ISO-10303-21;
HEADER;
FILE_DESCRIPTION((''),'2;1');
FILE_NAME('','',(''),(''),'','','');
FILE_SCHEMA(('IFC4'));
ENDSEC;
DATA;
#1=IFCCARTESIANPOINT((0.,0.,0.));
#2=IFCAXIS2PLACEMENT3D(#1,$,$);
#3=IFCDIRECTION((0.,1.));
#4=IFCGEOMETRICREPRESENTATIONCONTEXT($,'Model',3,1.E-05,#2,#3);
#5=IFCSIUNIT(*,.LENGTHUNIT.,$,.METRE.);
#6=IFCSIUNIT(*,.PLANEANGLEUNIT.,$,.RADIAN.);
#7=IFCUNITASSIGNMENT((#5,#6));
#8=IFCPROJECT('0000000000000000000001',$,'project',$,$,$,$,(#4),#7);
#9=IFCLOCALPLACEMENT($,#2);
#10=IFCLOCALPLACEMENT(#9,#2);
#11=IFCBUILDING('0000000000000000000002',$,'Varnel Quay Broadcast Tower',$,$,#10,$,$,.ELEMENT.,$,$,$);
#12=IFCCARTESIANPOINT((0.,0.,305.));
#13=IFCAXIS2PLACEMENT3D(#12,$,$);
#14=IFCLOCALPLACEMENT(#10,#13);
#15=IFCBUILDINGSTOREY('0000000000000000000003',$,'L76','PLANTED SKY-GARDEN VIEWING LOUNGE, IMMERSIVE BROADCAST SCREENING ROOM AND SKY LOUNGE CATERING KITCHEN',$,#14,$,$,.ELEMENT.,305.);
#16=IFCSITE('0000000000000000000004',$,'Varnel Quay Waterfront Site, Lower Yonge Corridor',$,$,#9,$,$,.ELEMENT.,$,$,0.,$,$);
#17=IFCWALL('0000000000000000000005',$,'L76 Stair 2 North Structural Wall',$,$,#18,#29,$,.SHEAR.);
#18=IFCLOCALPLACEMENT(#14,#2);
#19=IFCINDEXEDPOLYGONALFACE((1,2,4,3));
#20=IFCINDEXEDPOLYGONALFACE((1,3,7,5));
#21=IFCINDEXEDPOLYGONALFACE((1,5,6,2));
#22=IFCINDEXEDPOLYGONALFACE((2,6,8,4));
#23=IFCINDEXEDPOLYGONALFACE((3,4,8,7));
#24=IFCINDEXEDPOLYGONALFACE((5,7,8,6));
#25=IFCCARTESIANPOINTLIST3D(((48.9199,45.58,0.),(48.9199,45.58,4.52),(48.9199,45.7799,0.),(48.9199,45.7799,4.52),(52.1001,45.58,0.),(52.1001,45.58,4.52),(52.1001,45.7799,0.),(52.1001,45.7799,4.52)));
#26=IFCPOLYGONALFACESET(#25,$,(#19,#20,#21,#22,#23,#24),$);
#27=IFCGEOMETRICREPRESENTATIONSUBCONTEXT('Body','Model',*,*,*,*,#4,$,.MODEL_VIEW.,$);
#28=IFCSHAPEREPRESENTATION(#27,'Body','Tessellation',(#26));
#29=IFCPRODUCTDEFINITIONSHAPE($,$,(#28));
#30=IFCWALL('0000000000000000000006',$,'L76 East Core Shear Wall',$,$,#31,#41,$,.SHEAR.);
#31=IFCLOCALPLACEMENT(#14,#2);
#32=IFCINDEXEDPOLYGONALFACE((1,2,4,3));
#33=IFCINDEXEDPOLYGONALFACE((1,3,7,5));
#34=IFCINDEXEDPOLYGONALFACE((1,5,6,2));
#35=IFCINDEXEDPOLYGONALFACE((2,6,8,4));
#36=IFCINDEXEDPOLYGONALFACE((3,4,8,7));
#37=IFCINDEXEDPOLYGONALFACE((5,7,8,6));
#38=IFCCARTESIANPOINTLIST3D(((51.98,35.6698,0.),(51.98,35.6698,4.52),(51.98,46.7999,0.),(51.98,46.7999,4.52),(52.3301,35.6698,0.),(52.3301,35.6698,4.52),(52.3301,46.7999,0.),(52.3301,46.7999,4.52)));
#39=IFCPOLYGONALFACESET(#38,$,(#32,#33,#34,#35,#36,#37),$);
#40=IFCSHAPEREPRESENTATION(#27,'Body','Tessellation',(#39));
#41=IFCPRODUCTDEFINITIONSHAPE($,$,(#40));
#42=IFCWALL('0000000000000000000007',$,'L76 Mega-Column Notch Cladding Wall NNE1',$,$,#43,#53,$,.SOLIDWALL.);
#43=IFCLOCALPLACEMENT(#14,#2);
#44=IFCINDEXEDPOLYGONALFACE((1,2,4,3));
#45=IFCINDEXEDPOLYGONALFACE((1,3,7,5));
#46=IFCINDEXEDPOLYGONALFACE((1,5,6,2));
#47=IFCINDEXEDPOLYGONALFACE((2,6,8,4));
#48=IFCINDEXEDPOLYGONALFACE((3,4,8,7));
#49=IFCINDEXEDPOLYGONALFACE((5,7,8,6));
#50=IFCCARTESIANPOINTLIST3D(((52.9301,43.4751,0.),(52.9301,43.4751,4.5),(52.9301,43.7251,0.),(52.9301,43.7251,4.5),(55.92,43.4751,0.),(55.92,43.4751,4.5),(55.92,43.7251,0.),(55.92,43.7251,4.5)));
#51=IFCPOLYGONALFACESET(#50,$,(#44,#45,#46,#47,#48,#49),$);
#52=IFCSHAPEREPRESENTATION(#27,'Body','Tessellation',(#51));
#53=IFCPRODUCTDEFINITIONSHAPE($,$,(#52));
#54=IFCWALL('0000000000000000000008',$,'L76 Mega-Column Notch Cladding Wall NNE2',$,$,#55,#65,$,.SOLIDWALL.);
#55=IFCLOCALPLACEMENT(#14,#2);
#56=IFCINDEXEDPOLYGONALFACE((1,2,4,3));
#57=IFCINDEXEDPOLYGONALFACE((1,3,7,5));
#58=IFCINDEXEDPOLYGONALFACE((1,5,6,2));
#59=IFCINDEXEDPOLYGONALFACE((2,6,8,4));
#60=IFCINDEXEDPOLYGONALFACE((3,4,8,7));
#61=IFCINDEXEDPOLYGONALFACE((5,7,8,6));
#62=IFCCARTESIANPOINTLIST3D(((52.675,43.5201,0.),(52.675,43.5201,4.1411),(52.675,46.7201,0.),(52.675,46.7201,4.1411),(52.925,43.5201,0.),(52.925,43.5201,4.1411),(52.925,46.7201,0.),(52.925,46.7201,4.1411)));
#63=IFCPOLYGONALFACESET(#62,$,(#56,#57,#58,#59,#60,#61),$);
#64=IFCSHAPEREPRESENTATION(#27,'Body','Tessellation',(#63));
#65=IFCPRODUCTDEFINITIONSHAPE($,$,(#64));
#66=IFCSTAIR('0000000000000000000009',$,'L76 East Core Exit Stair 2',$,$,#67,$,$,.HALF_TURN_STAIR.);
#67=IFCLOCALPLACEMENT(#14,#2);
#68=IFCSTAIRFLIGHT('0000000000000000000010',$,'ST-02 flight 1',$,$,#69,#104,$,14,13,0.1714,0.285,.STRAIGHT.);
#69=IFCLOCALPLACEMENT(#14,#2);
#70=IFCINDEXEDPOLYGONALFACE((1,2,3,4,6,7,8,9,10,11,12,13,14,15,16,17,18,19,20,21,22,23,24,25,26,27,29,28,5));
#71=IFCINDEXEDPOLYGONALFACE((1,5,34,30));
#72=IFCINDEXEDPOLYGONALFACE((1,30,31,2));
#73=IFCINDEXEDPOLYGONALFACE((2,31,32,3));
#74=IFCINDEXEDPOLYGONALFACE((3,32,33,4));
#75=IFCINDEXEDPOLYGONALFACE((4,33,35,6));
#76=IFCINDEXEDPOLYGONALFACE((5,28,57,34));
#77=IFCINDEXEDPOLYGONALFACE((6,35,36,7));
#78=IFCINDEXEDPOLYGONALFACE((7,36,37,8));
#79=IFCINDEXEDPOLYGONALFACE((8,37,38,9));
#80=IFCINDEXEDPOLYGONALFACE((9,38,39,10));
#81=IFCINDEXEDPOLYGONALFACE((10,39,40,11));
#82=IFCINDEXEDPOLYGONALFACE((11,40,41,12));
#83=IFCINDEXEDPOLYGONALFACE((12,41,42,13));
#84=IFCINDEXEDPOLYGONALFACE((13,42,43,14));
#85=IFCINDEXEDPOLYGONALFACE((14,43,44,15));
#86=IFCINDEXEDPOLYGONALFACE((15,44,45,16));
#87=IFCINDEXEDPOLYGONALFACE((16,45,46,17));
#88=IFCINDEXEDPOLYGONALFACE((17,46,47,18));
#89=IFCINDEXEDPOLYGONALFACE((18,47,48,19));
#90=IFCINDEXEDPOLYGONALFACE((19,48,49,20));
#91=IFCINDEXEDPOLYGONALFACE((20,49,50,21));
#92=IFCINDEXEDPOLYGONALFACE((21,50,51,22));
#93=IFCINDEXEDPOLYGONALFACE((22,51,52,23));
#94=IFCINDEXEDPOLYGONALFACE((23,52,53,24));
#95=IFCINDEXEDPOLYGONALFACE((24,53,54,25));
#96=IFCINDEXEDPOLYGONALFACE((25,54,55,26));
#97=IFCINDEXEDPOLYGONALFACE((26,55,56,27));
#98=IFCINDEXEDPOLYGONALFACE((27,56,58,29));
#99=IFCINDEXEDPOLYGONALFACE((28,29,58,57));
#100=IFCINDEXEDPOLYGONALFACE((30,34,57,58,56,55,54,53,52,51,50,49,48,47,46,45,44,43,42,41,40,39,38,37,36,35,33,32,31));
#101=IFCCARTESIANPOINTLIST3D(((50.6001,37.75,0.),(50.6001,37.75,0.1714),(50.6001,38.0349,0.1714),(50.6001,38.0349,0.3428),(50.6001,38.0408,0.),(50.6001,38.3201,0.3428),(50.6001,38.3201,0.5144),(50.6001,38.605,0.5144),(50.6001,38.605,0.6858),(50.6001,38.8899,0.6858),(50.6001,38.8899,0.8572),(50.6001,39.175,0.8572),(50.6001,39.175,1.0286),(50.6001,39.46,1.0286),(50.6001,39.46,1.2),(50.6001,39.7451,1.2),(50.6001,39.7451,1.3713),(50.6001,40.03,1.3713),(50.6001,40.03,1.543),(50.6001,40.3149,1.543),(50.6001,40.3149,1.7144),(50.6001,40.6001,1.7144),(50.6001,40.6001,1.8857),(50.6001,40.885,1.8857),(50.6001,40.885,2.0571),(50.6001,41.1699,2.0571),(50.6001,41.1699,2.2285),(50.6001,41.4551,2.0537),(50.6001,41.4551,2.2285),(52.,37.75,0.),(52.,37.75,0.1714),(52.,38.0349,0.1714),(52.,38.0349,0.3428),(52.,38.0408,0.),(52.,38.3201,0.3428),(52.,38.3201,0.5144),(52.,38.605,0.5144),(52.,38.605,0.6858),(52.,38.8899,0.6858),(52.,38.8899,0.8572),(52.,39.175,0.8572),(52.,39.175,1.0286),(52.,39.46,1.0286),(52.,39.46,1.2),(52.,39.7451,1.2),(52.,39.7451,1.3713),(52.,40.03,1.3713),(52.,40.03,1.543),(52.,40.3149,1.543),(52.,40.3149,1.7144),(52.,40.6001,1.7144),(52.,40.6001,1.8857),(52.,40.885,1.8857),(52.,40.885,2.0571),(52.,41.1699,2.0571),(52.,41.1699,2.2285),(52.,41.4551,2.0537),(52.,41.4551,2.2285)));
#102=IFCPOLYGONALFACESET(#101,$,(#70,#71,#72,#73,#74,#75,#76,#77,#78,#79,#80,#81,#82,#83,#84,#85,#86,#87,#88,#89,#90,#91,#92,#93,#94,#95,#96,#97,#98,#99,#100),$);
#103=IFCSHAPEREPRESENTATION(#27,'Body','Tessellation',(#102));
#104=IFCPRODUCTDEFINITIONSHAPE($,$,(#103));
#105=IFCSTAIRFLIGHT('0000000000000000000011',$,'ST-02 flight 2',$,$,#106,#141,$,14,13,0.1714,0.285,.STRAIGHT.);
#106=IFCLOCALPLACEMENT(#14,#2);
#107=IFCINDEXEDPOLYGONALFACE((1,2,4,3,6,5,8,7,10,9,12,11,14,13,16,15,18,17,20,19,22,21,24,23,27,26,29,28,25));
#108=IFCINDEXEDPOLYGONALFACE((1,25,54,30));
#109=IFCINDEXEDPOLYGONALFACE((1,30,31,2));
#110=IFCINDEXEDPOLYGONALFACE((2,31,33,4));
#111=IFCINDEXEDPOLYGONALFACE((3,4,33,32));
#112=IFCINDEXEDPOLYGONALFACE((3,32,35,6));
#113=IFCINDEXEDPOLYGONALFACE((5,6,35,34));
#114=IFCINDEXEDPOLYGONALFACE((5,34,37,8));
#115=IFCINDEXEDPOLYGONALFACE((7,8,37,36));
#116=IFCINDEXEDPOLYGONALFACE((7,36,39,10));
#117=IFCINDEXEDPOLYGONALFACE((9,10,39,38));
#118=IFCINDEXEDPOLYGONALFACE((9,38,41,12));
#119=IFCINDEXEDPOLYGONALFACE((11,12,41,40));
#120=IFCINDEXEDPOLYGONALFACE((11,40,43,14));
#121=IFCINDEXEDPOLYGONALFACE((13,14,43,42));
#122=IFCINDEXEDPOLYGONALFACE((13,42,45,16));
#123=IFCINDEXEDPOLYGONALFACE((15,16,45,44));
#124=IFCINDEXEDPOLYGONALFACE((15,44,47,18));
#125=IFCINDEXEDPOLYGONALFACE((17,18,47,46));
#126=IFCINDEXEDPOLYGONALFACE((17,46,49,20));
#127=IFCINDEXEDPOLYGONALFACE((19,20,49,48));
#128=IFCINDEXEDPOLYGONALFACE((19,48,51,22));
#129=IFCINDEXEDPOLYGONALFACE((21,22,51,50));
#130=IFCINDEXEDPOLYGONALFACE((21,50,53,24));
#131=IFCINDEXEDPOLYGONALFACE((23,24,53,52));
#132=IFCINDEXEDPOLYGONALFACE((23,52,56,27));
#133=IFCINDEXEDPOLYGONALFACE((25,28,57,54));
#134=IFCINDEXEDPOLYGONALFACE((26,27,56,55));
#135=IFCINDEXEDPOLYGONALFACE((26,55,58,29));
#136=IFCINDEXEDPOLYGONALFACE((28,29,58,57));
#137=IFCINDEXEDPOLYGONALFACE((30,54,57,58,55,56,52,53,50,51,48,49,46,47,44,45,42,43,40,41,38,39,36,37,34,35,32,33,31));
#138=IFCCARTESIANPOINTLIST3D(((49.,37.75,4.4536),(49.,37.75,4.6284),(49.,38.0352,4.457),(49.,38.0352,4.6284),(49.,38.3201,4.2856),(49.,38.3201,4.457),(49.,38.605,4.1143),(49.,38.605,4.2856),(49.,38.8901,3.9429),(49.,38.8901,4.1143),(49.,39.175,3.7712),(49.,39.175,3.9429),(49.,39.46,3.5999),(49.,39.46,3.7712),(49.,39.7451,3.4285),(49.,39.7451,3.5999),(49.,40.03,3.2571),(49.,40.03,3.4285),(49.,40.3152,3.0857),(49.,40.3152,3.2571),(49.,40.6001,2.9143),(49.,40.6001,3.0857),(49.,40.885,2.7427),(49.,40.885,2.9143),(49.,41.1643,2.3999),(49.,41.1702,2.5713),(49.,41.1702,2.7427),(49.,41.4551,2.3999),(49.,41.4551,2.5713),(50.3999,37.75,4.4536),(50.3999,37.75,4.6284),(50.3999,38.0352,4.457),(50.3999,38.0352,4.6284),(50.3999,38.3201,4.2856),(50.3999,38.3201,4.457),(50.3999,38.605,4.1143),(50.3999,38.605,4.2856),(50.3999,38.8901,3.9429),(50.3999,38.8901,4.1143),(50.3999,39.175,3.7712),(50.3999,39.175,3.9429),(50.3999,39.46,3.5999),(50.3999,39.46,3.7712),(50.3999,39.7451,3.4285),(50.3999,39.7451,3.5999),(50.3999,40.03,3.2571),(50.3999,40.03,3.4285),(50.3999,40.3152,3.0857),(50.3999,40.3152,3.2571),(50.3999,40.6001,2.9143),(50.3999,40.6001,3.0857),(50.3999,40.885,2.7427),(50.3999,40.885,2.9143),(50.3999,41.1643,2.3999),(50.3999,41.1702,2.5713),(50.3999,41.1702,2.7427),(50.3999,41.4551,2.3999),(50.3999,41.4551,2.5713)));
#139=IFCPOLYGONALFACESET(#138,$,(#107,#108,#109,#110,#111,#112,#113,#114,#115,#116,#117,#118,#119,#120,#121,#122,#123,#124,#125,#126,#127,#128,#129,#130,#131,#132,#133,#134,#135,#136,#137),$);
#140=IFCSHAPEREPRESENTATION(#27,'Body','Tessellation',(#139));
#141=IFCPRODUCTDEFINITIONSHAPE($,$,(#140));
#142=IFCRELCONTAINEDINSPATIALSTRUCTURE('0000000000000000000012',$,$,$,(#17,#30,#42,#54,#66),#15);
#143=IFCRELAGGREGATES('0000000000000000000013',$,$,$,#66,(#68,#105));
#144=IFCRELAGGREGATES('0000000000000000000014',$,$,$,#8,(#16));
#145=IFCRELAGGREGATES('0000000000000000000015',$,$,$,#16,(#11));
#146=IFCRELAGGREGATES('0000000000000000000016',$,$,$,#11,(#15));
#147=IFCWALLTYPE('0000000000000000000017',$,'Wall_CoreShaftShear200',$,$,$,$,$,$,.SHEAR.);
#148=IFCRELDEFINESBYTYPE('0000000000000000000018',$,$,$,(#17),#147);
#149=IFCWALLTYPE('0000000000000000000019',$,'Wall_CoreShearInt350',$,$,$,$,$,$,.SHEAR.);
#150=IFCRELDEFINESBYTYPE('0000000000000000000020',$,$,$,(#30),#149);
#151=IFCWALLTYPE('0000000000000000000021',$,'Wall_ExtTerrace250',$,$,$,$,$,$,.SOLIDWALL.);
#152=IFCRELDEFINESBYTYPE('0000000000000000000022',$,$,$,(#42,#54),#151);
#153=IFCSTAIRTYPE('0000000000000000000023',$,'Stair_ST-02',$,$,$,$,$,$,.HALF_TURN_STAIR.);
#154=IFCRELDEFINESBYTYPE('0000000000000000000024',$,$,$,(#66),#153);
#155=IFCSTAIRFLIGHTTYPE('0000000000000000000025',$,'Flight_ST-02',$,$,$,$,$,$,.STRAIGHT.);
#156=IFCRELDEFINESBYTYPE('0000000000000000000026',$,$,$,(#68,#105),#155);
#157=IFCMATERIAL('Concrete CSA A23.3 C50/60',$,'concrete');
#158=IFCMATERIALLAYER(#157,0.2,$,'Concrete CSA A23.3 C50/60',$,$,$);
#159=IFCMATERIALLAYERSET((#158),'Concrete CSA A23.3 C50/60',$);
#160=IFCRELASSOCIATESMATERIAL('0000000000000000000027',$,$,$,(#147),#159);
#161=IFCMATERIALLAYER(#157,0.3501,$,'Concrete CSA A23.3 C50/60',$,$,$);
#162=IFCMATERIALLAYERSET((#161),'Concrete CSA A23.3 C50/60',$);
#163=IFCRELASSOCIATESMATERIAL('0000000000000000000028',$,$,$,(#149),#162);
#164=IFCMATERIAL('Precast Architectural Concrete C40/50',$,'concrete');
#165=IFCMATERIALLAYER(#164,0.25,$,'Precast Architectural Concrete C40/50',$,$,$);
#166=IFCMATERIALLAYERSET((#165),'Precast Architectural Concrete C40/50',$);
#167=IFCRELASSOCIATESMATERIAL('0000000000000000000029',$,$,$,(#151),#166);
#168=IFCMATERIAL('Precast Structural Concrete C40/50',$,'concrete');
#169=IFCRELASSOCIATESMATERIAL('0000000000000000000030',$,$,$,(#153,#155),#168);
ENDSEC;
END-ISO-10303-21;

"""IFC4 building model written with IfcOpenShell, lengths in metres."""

from ifc_helpers import new_model, si_unit, direction, frame, frame_2d, origin, place, context, subcontext, project, spatial, polyline, rectangle, outline, extrude, material, layer, layer_set, type_object, element, aggregate, save


model = new_model("IFC4")

# Units and contexts
model_context = context("Model", 3, precision=1e-05, world=origin(), true_north=direction((0.0, 1.0)))
body_context = subcontext(model_context, "Body", "Model", "MODEL_VIEW")
ifc_project = project(units=[si_unit("LENGTHUNIT", "METRE"), si_unit("PLANEANGLEUNIT", "RADIAN")], contexts=[model_context])

# Site, building, storey
site_placement = place(None, origin())
site = spatial("IfcSite", under=ifc_project, at=site_placement, Name="Varnel Quay Waterfront Site, Lower Yonge Corridor", CompositionType="ELEMENT", RefElevation=0.0)
building_placement = place(site_placement, origin())
building = spatial("IfcBuilding", under=site, at=building_placement, Name="Varnel Quay Broadcast Tower", CompositionType="ELEMENT")
storey_placement = place(building_placement, frame((0.0, 0.0, 305.0)))
storey = spatial("IfcBuildingStorey", under=building, at=storey_placement, Name="L76", Description="PLANTED SKY-GARDEN VIEWING LOUNGE, IMMERSIVE BROADCAST SCREENING ROOM AND SKY LOUNGE CATERING KITCHEN", CompositionType="ELEMENT", Elevation=305.0)

# Walls
ifc_material_1 = material(Name="Concrete CSA A23.3 C50/60", Category="concrete")
ifc_layer_1 = layer(ifc_material_1, 0.2, Name="Concrete CSA A23.3 C50/60")
ifc_layer_set_1 = layer_set([ifc_layer_1], Name="Concrete CSA A23.3 C50/60")
wall_type_1 = type_object("IfcWallType", Name="Wall_CoreShaftShear200", PredefinedType="SHEAR", material=ifc_layer_set_1)
wall_1_placement = place(storey_placement, frame((48.9199, 45.6799, 0.0), z_axis=(0.0, 0.0, 1.0), x_axis=(1.0, 0.0, 0.0)))
element("IfcWall", 1, at=wall_1_placement, inside=storey, type_object=wall_type_1, Name="L76 Stair 2 North Structural Wall", PredefinedType="SHEAR", context=body_context, shape_type="SweptSolid", body=[
    extrude(rectangle(XDim=3.1802, YDim=0.2, at=frame_2d((1.5901, 0.0))), origin(), (0.0, 0.0, 1.0), 4.52),
])
ifc_layer_2 = layer(ifc_material_1, 0.3501, Name="Concrete CSA A23.3 C50/60")
ifc_layer_set_2 = layer_set([ifc_layer_2], Name="Concrete CSA A23.3 C50/60")
wall_type_2 = type_object("IfcWallType", Name="Wall_CoreShearInt350", PredefinedType="SHEAR", material=ifc_layer_set_2)
wall_2_placement = place(storey_placement, frame((52.155, 35.6699, 0.0), z_axis=(0.0, 0.0, 1.0), x_axis=(0.0, 1.0, 0.0)))
element("IfcWall", 2, at=wall_2_placement, inside=storey, type_object=wall_type_2, Name="L76 East Core Shear Wall", PredefinedType="SHEAR", context=body_context, shape_type="SweptSolid", body=[
    extrude(rectangle(XDim=11.1301, YDim=0.3501, at=frame_2d((5.5649, 0.0))), origin(), (0.0, 0.0, 1.0), 4.52),
])
ifc_material_2 = material(Name="Precast Architectural Concrete C40/50", Category="concrete")
ifc_layer_3 = layer(ifc_material_2, 0.25, Name="Precast Architectural Concrete C40/50")
ifc_layer_set_3 = layer_set([ifc_layer_3], Name="Precast Architectural Concrete C40/50")
wall_type_3 = type_object("IfcWallType", Name="Wall_ExtTerrace250", PredefinedType="SOLIDWALL", material=ifc_layer_set_3)
wall_3_placement = place(storey_placement, frame((52.9299, 43.6001, 0.0), z_axis=(0.0, 0.0, 1.0), x_axis=(1.0, 0.0, 0.0)))
element("IfcWall", 3, at=wall_3_placement, inside=storey, type_object=wall_type_3, Name="L76 Mega-Column Notch Cladding Wall NNE1", PredefinedType="SOLIDWALL", context=body_context, shape_type="SweptSolid", body=[
    extrude(rectangle(XDim=2.99, YDim=0.25, at=frame_2d((1.4951, 0.0))), origin(), (0.0, 0.0, 1.0), 4.5),
])
wall_4_placement = place(storey_placement, frame((52.8, 43.52, 0.0), z_axis=(0.0, 0.0, 1.0), x_axis=(0.0, 1.0, 0.0)))
element("IfcWall", 4, at=wall_4_placement, inside=storey, type_object=wall_type_3, Name="L76 Mega-Column Notch Cladding Wall NNE2", PredefinedType="SOLIDWALL", context=body_context, shape_type="SweptSolid", body=[
    extrude(rectangle(XDim=3.2, YDim=0.25, at=frame_2d((1.6001, 0.0))), origin(), (0.0, 0.0, 1.0), 4.1411),
])

# Stair, stair flights
ifc_material_3 = material(Name="Precast Structural Concrete C40/50", Category="concrete")
stair_type = type_object("IfcStairType", Name="Stair_ST-02", PredefinedType="HALF_TURN_STAIR", material=ifc_material_3)
stair_placement = place(storey_placement, origin())
stair = element("IfcStair", 5, at=stair_placement, inside=storey, type_object=stair_type, Name="L76 East Core Exit Stair 2", PredefinedType="HALF_TURN_STAIR")
stair_flight_type = type_object("IfcStairFlightType", Name="Flight_ST-02", PredefinedType="STRAIGHT", material=ifc_material_3)
stair_flight_1_placement = place(storey_placement, frame((51.3, 37.75, 0.0), z_axis=(0.0, 0.0, 1.0), x_axis=(0.0, 1.0, 0.0)))
stair_flight_1 = element("IfcStairFlight", 6, at=stair_flight_1_placement, type_object=stair_flight_type, Name="ST-02 flight 1", NumberOfRisers=14, NumberOfTreads=13, PredefinedType="STRAIGHT", RiserHeight=0.1714, TreadLength=0.285, context=body_context, shape_type="SweptSolid", body=[
    extrude(outline(polyline([(0.0, 0.0), (0.0, 0.1714), (0.2849, 0.1714), (0.2849, 0.3428), (0.5701, 0.3428), (0.5701, 0.5144), (0.855, 0.5144), (0.855, 0.6858), (1.1399, 0.6858), (1.1399, 0.8572), (1.425, 0.8572), (1.425, 1.0286), (1.71, 1.0286), (1.71, 1.2), (1.9951, 1.2), (1.9951, 1.3713), (2.28, 1.3713), (2.28, 1.543), (2.5649, 1.543), (2.5649, 1.7144), (2.8501, 1.7144), (2.8501, 1.8857), (3.135, 1.8857), (3.135, 2.0571), (3.4199, 2.0571), (3.4199, 2.2285), (3.7051, 2.2285), (3.7051, 2.3999), (3.7051, 2.0537), (0.2908, 0.0), (0.0, 0.0)])), frame((0.0, 0.7, 0.0), z_axis=(0.0, -1.0, 0.0), x_axis=(1.0, 0.0, 0.0)), (0.0, 0.0, 1.0), 1.3999),
])
stair_flight_2_placement = place(storey_placement, frame((49.7, 41.4551, 2.3999), z_axis=(0.0, 0.0, 1.0), x_axis=(0.0, -1.0, 0.0)))
stair_flight_2 = element("IfcStairFlight", 7, at=stair_flight_2_placement, type_object=stair_flight_type, Name="ST-02 flight 2", NumberOfRisers=14, NumberOfTreads=13, PredefinedType="STRAIGHT", RiserHeight=0.1714, TreadLength=0.285, context=body_context, shape_type="SweptSolid", body=[
    extrude(outline(polyline([(0.0, 0.0), (0.0, 0.1714), (0.2849, 0.1714), (0.2849, 0.3428), (0.5701, 0.3428), (0.5701, 0.5144), (0.855, 0.5144), (0.855, 0.6858), (1.1399, 0.6858), (1.1399, 0.8572), (1.425, 0.8572), (1.425, 1.0286), (1.71, 1.0286), (1.71, 1.2), (1.9951, 1.2), (1.9951, 1.3713), (2.28, 1.3713), (2.28, 1.543), (2.5649, 1.543), (2.5649, 1.7144), (2.8501, 1.7144), (2.8501, 1.8857), (3.135, 1.8857), (3.135, 2.0571), (3.4199, 2.0571), (3.4199, 2.2285), (3.7051, 2.2285), (3.7051, 2.3999), (3.7051, 2.0537), (0.2908, 0.0), (0.0, 0.0)])), frame((0.0, 0.7, 0.0), z_axis=(0.0, -1.0, 0.0), x_axis=(1.0, 0.0, 0.0)), (0.0, 0.0, 1.0), 1.3999),
])
aggregate(stair, [stair_flight_1, stair_flight_2])

save(model, "model.ifc")
